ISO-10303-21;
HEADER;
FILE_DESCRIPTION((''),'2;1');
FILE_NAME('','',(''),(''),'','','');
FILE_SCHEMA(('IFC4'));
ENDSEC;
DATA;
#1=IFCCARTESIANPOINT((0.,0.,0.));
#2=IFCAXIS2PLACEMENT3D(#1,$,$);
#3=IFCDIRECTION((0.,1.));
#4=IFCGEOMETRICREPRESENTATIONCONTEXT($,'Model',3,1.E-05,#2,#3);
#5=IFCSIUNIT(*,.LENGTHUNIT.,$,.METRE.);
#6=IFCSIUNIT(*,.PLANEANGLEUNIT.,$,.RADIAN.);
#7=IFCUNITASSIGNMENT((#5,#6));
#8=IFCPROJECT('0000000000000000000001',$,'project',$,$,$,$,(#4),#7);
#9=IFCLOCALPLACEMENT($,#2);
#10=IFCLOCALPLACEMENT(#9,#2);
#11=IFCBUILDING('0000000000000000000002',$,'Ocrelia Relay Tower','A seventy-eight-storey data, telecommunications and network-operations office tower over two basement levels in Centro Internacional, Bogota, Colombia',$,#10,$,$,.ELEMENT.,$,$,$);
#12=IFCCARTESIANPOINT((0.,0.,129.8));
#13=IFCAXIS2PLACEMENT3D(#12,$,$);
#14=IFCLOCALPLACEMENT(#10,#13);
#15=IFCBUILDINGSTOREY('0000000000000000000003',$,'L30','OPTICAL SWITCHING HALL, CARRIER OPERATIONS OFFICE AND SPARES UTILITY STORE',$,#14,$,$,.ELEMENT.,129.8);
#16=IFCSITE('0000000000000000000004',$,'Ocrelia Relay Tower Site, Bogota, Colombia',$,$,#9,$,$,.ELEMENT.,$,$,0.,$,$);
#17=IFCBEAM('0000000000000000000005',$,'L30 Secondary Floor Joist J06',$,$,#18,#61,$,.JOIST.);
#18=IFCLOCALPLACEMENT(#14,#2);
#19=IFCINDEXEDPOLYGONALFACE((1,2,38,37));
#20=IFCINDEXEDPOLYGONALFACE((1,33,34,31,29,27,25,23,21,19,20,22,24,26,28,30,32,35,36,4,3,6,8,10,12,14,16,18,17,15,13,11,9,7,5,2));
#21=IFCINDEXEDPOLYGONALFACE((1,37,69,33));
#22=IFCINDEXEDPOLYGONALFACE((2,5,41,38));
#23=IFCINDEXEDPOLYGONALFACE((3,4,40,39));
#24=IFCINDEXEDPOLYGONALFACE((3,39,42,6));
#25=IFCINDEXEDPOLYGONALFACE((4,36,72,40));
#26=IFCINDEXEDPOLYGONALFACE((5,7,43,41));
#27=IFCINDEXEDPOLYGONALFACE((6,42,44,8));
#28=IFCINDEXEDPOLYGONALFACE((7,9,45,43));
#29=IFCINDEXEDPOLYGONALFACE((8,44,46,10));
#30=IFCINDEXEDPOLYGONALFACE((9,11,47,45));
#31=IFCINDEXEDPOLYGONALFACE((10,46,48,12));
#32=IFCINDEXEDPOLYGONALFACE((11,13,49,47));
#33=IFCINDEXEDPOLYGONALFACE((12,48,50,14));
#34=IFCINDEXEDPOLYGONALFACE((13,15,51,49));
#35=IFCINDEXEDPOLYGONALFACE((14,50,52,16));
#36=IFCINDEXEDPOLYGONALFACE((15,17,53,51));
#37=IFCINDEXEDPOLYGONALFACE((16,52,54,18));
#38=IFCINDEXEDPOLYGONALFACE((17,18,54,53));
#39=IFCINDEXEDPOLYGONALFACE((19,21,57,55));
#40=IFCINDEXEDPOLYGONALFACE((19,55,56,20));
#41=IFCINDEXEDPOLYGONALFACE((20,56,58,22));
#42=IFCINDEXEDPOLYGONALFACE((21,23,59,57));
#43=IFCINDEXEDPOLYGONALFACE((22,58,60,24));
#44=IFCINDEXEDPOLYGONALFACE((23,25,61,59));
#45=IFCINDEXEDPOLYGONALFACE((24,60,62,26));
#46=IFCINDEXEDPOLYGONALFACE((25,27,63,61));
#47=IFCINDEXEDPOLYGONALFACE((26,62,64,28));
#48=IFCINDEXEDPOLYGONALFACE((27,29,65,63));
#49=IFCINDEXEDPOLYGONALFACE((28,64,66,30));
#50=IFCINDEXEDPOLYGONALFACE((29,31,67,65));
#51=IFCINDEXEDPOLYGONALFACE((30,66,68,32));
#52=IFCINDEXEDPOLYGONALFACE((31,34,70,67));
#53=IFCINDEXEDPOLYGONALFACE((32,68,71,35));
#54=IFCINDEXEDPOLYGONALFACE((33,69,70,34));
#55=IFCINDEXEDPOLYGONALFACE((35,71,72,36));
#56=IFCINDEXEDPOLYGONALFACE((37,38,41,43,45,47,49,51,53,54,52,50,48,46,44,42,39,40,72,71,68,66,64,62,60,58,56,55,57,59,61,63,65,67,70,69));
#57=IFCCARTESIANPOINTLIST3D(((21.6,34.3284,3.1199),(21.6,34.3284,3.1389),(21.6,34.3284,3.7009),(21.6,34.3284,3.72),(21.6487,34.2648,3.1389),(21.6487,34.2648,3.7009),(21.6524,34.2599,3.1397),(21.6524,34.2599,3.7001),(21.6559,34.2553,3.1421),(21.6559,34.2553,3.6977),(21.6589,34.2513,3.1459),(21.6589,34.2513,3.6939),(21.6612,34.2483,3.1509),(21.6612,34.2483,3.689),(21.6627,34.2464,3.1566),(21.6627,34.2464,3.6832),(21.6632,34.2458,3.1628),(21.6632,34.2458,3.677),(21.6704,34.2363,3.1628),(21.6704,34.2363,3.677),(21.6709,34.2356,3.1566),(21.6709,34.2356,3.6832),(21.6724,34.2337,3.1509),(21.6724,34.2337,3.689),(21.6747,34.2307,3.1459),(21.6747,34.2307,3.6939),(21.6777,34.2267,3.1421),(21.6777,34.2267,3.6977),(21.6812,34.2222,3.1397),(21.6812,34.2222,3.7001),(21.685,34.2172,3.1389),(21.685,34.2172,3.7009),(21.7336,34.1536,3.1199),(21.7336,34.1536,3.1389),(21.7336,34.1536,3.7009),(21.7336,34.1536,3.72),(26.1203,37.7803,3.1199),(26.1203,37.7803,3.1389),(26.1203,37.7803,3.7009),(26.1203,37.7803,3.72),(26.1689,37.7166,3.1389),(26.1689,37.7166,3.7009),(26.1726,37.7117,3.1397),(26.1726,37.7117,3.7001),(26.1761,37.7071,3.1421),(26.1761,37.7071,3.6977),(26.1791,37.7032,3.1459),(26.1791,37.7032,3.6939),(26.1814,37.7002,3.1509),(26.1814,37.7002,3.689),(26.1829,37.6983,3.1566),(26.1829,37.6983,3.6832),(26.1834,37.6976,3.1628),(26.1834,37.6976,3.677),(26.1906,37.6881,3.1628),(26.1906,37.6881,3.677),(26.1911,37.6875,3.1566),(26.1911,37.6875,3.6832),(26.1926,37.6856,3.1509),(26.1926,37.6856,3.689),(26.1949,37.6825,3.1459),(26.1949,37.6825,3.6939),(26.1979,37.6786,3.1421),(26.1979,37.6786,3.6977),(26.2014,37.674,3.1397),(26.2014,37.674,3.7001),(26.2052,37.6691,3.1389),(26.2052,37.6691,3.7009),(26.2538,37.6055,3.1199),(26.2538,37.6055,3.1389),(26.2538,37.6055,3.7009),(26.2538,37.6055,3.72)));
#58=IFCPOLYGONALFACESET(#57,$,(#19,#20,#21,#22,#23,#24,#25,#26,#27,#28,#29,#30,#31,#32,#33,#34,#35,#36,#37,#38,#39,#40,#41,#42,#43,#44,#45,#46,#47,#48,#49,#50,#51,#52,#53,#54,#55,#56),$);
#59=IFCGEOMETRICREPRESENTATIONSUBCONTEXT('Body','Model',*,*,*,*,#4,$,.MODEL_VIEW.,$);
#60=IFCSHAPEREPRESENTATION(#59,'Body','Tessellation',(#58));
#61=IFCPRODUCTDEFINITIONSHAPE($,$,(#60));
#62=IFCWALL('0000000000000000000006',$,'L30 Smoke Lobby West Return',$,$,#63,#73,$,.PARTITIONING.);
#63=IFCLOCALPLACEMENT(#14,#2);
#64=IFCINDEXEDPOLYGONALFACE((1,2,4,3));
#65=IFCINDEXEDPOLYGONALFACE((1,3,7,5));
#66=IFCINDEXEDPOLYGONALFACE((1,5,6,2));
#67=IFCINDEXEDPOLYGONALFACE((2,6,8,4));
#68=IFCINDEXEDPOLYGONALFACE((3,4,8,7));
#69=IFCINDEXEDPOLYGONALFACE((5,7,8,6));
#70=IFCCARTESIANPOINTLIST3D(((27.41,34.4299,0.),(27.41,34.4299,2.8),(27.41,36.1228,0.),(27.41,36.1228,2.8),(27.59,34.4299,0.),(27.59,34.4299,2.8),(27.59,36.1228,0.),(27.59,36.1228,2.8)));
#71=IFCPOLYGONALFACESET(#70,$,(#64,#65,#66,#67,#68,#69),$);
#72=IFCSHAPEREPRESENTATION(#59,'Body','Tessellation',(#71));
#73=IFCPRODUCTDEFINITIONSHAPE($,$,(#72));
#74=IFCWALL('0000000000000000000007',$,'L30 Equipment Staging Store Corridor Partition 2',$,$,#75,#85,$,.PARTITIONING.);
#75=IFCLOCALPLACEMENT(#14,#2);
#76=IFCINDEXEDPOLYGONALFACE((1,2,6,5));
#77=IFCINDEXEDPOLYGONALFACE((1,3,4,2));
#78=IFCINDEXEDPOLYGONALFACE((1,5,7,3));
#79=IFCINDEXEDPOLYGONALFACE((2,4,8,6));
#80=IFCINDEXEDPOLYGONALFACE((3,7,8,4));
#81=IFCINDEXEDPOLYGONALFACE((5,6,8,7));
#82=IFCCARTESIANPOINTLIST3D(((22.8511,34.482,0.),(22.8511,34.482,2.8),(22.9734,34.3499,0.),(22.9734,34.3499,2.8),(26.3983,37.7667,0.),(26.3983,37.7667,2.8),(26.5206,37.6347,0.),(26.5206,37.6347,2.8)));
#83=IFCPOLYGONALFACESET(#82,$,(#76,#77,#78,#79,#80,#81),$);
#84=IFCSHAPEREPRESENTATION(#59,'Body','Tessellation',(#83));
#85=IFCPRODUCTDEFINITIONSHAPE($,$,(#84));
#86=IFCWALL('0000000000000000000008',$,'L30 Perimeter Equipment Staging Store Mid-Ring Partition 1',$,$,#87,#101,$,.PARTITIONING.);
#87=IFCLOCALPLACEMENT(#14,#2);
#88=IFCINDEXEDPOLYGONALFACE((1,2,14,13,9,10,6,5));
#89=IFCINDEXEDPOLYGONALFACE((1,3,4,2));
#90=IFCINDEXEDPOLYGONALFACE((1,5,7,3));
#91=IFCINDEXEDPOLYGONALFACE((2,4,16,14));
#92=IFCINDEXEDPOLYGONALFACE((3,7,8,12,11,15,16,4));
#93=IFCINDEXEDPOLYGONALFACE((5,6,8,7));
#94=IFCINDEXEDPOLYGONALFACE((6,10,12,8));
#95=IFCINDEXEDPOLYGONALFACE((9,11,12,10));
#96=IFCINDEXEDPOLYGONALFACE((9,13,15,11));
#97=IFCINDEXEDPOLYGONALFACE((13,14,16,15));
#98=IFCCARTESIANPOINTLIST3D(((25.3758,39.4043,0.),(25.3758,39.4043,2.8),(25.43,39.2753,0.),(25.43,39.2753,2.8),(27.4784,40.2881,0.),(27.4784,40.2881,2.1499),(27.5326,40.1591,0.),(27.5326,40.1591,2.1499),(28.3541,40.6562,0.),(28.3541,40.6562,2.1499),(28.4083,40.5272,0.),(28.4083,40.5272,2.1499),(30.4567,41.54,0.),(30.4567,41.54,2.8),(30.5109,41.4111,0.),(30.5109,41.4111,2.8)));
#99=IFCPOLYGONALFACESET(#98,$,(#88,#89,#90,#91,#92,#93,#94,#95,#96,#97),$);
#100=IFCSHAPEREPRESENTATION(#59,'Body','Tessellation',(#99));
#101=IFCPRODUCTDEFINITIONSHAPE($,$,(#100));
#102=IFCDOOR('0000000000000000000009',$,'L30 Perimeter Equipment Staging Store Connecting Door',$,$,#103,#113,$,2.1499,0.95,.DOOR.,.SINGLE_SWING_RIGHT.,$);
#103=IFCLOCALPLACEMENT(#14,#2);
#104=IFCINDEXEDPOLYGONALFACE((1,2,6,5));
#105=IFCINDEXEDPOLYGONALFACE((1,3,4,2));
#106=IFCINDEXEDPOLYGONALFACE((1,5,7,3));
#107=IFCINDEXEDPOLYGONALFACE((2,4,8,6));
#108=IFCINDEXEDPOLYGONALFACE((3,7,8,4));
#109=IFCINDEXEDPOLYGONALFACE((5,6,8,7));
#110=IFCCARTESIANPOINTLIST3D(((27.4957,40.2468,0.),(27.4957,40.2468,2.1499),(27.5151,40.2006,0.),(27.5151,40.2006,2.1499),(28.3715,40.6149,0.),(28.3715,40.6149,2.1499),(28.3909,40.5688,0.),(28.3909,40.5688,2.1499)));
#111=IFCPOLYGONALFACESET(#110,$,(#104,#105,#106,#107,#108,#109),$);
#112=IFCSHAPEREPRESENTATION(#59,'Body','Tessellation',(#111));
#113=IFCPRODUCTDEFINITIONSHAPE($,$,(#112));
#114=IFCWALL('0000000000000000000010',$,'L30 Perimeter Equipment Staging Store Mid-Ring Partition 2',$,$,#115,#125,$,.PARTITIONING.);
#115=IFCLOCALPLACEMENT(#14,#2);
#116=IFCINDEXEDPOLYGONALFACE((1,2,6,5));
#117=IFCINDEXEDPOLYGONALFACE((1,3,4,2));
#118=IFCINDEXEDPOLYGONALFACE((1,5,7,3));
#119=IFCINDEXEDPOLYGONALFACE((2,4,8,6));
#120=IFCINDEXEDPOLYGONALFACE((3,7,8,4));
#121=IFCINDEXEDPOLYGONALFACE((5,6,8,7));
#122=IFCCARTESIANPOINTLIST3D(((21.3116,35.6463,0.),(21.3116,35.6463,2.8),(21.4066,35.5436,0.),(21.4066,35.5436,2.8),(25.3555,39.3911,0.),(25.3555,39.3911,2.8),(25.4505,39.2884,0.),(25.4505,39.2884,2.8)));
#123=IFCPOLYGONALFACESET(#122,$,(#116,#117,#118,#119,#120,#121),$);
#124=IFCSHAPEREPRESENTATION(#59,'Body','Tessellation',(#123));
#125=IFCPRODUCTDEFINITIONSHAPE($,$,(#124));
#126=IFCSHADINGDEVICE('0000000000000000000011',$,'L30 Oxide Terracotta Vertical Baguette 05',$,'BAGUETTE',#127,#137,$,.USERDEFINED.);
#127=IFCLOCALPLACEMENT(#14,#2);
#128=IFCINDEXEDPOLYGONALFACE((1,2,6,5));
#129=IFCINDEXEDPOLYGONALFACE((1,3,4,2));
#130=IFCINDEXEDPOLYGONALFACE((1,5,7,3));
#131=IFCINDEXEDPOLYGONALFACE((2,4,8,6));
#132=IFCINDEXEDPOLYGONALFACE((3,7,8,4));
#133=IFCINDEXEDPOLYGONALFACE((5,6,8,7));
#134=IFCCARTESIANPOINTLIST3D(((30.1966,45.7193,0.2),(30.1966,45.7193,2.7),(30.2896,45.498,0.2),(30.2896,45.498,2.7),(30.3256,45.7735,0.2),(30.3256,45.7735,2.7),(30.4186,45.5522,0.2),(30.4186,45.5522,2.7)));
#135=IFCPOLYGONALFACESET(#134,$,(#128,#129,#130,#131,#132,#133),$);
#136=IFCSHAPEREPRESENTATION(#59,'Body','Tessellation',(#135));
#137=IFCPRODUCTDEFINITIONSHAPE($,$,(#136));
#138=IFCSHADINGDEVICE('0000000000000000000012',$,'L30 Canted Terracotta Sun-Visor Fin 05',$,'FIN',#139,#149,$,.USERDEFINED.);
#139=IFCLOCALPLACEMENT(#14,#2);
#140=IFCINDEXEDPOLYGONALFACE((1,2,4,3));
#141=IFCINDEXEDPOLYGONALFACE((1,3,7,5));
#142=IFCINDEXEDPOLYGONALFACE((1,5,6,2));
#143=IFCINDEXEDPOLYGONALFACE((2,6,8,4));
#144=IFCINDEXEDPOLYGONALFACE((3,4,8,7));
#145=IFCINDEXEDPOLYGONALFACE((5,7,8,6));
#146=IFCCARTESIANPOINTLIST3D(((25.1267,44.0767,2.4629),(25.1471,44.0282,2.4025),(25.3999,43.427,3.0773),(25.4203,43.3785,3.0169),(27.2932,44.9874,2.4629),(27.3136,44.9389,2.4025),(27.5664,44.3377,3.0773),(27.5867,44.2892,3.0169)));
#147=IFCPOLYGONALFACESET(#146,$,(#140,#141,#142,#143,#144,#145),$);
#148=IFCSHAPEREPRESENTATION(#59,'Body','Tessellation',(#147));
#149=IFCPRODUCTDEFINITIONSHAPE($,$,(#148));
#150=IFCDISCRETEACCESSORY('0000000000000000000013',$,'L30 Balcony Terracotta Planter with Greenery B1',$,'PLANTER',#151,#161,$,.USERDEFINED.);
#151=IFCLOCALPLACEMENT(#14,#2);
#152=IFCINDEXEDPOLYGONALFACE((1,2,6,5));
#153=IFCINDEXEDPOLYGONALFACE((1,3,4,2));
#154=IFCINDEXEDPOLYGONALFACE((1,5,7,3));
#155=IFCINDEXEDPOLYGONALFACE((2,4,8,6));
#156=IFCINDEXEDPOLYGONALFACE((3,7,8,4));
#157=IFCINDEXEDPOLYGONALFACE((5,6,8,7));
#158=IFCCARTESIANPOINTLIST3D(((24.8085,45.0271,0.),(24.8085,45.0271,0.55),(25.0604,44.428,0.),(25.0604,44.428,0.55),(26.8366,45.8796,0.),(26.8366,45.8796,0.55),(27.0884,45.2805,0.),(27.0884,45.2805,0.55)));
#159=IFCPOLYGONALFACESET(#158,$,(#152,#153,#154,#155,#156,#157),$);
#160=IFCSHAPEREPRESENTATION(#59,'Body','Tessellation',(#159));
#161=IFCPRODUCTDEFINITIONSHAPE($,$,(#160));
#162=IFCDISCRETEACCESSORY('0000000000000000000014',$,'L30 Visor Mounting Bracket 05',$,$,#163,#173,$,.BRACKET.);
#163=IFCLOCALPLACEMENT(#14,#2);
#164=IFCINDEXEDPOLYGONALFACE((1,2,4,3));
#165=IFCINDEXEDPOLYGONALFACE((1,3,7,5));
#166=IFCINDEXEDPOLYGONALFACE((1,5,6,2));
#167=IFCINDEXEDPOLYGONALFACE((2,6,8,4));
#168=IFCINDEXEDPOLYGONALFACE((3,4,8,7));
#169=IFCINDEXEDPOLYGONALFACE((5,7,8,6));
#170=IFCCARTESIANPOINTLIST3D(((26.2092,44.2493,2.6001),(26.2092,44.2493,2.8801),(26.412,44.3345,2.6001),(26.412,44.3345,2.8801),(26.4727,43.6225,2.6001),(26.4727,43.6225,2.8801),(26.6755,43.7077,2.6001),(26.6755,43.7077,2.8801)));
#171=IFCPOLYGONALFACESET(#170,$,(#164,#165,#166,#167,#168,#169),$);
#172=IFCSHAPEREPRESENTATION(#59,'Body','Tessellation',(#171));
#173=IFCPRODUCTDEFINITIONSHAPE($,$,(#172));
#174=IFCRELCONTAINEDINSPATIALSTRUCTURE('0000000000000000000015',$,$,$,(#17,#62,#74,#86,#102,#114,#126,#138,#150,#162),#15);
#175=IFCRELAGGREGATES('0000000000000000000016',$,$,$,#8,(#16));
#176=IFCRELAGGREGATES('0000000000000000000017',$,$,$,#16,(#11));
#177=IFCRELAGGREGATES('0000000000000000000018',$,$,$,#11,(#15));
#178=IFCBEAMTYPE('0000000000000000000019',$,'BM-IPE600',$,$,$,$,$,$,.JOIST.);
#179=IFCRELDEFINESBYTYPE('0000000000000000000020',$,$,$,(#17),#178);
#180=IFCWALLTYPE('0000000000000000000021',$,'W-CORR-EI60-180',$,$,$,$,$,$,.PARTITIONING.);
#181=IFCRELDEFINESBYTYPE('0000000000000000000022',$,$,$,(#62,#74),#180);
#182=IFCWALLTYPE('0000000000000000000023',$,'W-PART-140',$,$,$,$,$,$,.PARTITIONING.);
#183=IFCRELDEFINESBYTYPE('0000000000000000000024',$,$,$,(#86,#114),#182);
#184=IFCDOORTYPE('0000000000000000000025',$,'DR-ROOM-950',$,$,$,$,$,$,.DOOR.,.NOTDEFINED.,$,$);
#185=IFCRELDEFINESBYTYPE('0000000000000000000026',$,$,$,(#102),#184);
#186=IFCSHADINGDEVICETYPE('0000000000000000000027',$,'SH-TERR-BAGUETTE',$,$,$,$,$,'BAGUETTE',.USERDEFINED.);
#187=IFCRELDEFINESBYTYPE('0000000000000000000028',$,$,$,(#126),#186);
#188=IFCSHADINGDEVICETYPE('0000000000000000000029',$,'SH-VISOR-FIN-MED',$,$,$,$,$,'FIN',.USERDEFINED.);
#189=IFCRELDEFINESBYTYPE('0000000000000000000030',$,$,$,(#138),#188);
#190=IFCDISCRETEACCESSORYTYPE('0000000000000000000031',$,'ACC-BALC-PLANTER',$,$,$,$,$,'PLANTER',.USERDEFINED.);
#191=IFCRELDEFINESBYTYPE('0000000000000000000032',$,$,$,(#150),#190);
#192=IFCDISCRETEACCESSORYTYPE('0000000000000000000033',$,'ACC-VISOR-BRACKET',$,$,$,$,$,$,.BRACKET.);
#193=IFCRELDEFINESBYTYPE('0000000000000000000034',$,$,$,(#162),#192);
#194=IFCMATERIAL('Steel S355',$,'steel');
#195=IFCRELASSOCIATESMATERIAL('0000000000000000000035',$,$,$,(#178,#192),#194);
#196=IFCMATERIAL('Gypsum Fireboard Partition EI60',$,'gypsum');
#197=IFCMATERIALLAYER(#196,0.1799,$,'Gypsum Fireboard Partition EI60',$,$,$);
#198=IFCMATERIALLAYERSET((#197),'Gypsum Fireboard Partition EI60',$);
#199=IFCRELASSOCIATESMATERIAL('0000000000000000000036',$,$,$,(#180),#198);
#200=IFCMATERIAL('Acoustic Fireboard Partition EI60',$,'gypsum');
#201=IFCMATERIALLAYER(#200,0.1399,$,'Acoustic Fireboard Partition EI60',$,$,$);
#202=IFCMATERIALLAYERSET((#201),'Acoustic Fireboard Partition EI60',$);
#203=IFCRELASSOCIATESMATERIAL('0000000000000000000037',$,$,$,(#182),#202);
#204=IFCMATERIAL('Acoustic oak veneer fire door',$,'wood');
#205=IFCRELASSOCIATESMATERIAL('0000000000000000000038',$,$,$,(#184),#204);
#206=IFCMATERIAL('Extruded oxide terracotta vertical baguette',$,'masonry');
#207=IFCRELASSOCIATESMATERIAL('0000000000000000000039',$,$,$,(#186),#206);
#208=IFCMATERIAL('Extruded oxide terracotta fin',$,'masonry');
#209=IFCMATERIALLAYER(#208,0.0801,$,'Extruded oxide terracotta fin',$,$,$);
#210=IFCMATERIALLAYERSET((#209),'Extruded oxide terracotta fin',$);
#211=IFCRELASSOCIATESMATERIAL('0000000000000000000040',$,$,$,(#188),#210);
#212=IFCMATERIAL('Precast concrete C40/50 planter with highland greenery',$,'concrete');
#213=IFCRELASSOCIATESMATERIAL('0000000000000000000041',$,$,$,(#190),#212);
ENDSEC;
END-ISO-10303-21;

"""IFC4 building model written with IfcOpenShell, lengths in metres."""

from ifc_helpers import new_model, si_unit, direction, frame, frame_2d, origin, origin_2d, place, context, subcontext, project, spatial, rectangle, i_section, extrude, material, layer, layer_set, material_profile, profile_set, type_object, element, fill, save


model = new_model("IFC4")

# Units and contexts
model_context = context("Model", 3, precision=1e-05, world=origin(), true_north=direction((0.0, 1.0)))
body_context = subcontext(model_context, "Body", "Model", "MODEL_VIEW")
ifc_project = project(units=[si_unit("LENGTHUNIT", "METRE"), si_unit("PLANEANGLEUNIT", "RADIAN")], contexts=[model_context])

# Site, building, storey
site_placement = place(None, origin())
site = spatial("IfcSite", under=ifc_project, at=site_placement, Name="Ocrelia Relay Tower Site, Bogota, Colombia", CompositionType="ELEMENT", RefElevation=0.0)
building_placement = place(site_placement, origin())
building = spatial("IfcBuilding", under=site, at=building_placement, Name="Ocrelia Relay Tower", Description="A seventy-eight-storey data, telecommunications and network-operations office tower over two basement levels in Centro Internacional, Bogota, Colombia", CompositionType="ELEMENT")
storey_placement = place(building_placement, frame((0.0, 0.0, 129.8)))
storey = spatial("IfcBuildingStorey", under=building, at=storey_placement, Name="L30", Description="OPTICAL SWITCHING HALL, CARRIER OPERATIONS OFFICE AND SPARES UTILITY STORE", CompositionType="ELEMENT", Elevation=129.8)

# Beam
ifc_material_1 = material(Name="Steel S355", Category="steel")
ifc_material_profile_1 = material_profile(ifc_material_1, i_section(OverallWidth=0.22, OverallDepth=0.6001, WebThickness=0.012, FlangeThickness=0.019, FilletRadius=0.0239, at=origin_2d()), Name="IPE 600")
ifc_profile_set_1 = profile_set([ifc_material_profile_1], Name="Steel S355")
beam_type_1 = type_object("IfcBeamType", Name="BM-IPE600", PredefinedType="JOIST", material=ifc_profile_set_1)
beam_1_placement = place(storey_placement, frame((26.187, 37.6929, 3.4199), z_axis=(-0.794762, -0.606921, 0.0), x_axis=(0.606921, -0.794762, 0.0)))
element("IfcBeam", 1, at=beam_1_placement, inside=storey, type_object=beam_type_1, Name="L30 Secondary Floor Joist J06", PredefinedType="JOIST", context=body_context, shape_type="SweptSolid", body=[
    extrude(i_section(OverallWidth=0.22, OverallDepth=0.6001, WebThickness=0.012, FlangeThickness=0.019, FilletRadius=0.0239, at=origin_2d()), origin(), (0.0, 0.0, 1.0), 5.6875),
])

# Wall
ifc_material_2 = material(Name="Gypsum Fireboard Partition EI60", Category="gypsum")
ifc_layer_1 = layer(ifc_material_2, 0.1799, Name="Gypsum Fireboard Partition EI60")
ifc_layer_set_1 = layer_set([ifc_layer_1], Name="Gypsum Fireboard Partition EI60")
wall_type_1 = type_object("IfcWallType", Name="W-CORR-EI60-180", PredefinedType="PARTITIONING", material=ifc_layer_set_1)
wall_1_placement = place(storey_placement, frame((27.5, 34.4299, 0.0), z_axis=(0.0, 0.0, 1.0), x_axis=(0.0, 1.0, 0.0)))
element("IfcWall", 2, at=wall_1_placement, inside=storey, type_object=wall_type_1, Name="L30 Smoke Lobby West Return", PredefinedType="PARTITIONING", context=body_context, shape_type="SweptSolid", body=[
    extrude(rectangle(XDim=1.6929, YDim=0.1799, at=frame_2d((0.8464, 0.0))), origin(), (0.0, 0.0, 1.0), 2.8),
])

# Wall
wall_2_placement = place(storey_placement, frame((26.4595, 37.7007, 0.0), z_axis=(0.0, 0.0, 1.0), x_axis=(-0.73373, -0.679441, 0.0)))
element("IfcWall", 3, at=wall_2_placement, inside=storey, type_object=wall_type_1, Name="L30 Equipment Staging Store Corridor Partition 2", PredefinedType="PARTITIONING", context=body_context, shape_type="SweptSolid", body=[
    extrude(rectangle(XDim=4.8345, YDim=0.1799, at=frame_2d((2.4172, 0.0))), origin(), (0.0, 0.0, 1.0), 2.8),
])

# Wall, opening, door
ifc_material_3 = material(Name="Acoustic Fireboard Partition EI60", Category="gypsum")
ifc_layer_2 = layer(ifc_material_3, 0.1399, Name="Acoustic Fireboard Partition EI60")
ifc_layer_set_2 = layer_set([ifc_layer_2], Name="Acoustic Fireboard Partition EI60")
wall_type_2 = type_object("IfcWallType", Name="W-PART-140", PredefinedType="PARTITIONING", material=ifc_layer_set_2)
wall_3_placement = place(storey_placement, frame((30.4839, 41.4756, 0.0), z_axis=(0.0, 0.0, 1.0), x_axis=(-0.921865, -0.38751, 0.0)))
wall_3 = element("IfcWall", 4, at=wall_3_placement, inside=storey, type_object=wall_type_2, Name="L30 Perimeter Equipment Staging Store Mid-Ring Partition 1", PredefinedType="PARTITIONING", context=body_context, shape_type="SweptSolid", body=[
    extrude(rectangle(XDim=5.5115, YDim=0.1399, at=frame_2d((2.7559, 0.0))), origin(), (0.0, 0.0, 1.0), 2.8),
])
opening_1_placement = place(wall_3_placement, frame((2.2808, 0.0, 0.0)))
opening_1 = element("IfcOpeningElement", 5, at=opening_1_placement, cuts=wall_3, PredefinedType="OPENING", context=body_context, shape_type="SweptSolid", body=[
    extrude(rectangle(XDim=0.95, YDim=2.1499, at=frame_2d((0.4751, 1.075))), frame((0.0, 0.0801, 0.0), z_axis=(0.0, -1.0, 0.0), x_axis=(1.0, 0.0, 0.0)), (0.0, 0.0, 1.0), 0.1599),
])
ifc_material_4 = material(Name="Acoustic oak veneer fire door", Category="wood")
door_type_1 = type_object("IfcDoorType", Name="DR-ROOM-950", OperationType="NOTDEFINED", PredefinedType="DOOR", material=ifc_material_4)
door_1_placement = place(opening_1_placement, origin())
door_1 = element("IfcDoor", 6, at=door_1_placement, inside=storey, type_object=door_type_1, Name="L30 Perimeter Equipment Staging Store Connecting Door", OperationType="SINGLE_SWING_RIGHT", OverallHeight=2.1499, OverallWidth=0.95, PredefinedType="DOOR", context=body_context, shape_type="SweptSolid", body=[
    extrude(rectangle(XDim=0.95, YDim=2.1499, at=frame_2d((0.4751, 1.075))), frame((0.0, 0.0249, 0.0), z_axis=(0.0, -1.0, 0.0), x_axis=(1.0, 0.0, 0.0)), (0.0, 0.0, 1.0), 0.05),
])
fill(opening_1, door_1)

# Wall
wall_4_placement = place(storey_placement, frame((25.4031, 39.3398, 0.0), z_axis=(0.0, 0.0, 1.0), x_axis=(-0.733717, -0.679455, 0.0)))
element("IfcWall", 7, at=wall_4_placement, inside=storey, type_object=wall_type_2, Name="L30 Perimeter Equipment Staging Store Mid-Ring Partition 2", PredefinedType="PARTITIONING", context=body_context, shape_type="SweptSolid", body=[
    extrude(rectangle(XDim=5.5115, YDim=0.1399, at=frame_2d((2.7559, 0.0))), origin(), (0.0, 0.0, 1.0), 2.8),
])

# Shading devices
ifc_material_5 = material(Name="Extruded oxide terracotta vertical baguette", Category="masonry")
shading_device_type_1 = type_object("IfcShadingDeviceType", Name="SH-TERR-BAGUETTE", ElementType="BAGUETTE", PredefinedType="USERDEFINED", material=ifc_material_5)
shading_device_1_placement = place(storey_placement, frame((30.3076, 45.6357, 0.2), z_axis=(0.0, 0.0, 1.0), x_axis=(-0.921864, -0.387513, 0.0)))
element("IfcShadingDevice", 8, at=shading_device_1_placement, inside=storey, type_object=shading_device_type_1, Name="L30 Oxide Terracotta Vertical Baguette 05", ObjectType="BAGUETTE", PredefinedType="USERDEFINED", context=body_context, shape_type="SweptSolid", body=[
    extrude(rectangle(XDim=0.1399, YDim=0.24, at=origin_2d()), origin(), (0.0, 0.0, 1.0), 2.5),
])
ifc_material_6 = material(Name="Extruded oxide terracotta fin", Category="masonry")
ifc_layer_3 = layer(ifc_material_6, 0.0801, Name="Extruded oxide terracotta fin")
ifc_layer_set_3 = layer_set([ifc_layer_3], Name="Extruded oxide terracotta fin")
shading_device_type_2 = type_object("IfcShadingDeviceType", Name="SH-VISOR-FIN-MED", ElementType="FIN", PredefinedType="USERDEFINED", material=ifc_layer_set_3)
shading_device_2_placement = place(storey_placement, frame((26.3669, 44.1587, 2.7097), z_axis=(-0.25464, 0.605768, 0.753793), x_axis=(-0.921864, -0.387513, 0.0)))
element("IfcShadingDevice", 9, at=shading_device_2_placement, inside=storey, type_object=shading_device_type_2, Name="L30 Canted Terracotta Sun-Visor Fin 05", ObjectType="FIN", PredefinedType="USERDEFINED", context=body_context, shape_type="SweptSolid", body=[
    extrude(rectangle(XDim=2.3501, YDim=0.9351, at=origin_2d()), origin(), (0.0, 0.0, 1.0), 0.0801),
])

# Discrete accessories
ifc_material_7 = material(Name="Precast concrete C40/50 planter with highland greenery", Category="concrete")
discrete_accessory_type_1 = type_object("IfcDiscreteAccessoryType", Name="ACC-BALC-PLANTER", ElementType="PLANTER", PredefinedType="USERDEFINED", material=ifc_material_7)
discrete_accessory_1_placement = place(storey_placement, frame((25.9485, 45.1538, 0.0), z_axis=(0.0, 0.0, 1.0), x_axis=(0.921864, 0.387514, 0.0)))
element("IfcDiscreteAccessory", 10, at=discrete_accessory_1_placement, inside=storey, type_object=discrete_accessory_type_1, Name="L30 Balcony Terracotta Planter with Greenery B1", ObjectType="PLANTER", PredefinedType="USERDEFINED", context=body_context, shape_type="SweptSolid", body=[
    extrude(rectangle(XDim=2.2, YDim=0.6499, at=origin_2d()), origin(), (0.0, 0.0, 1.0), 0.55),
])
discrete_accessory_type_2 = type_object("IfcDiscreteAccessoryType", Name="ACC-VISOR-BRACKET", PredefinedType="BRACKET", material=ifc_material_1)
discrete_accessory_2_placement = place(storey_placement, frame((26.4424, 43.9785, 2.6001), z_axis=(0.0, 0.0, 1.0), x_axis=(-0.921864, -0.387513, 0.0)))
element("IfcDiscreteAccessory", 11, at=discrete_accessory_2_placement, inside=storey, type_object=discrete_accessory_type_2, Name="L30 Visor Mounting Bracket 05", PredefinedType="BRACKET", context=body_context, shape_type="SweptSolid", body=[
    extrude(rectangle(XDim=0.22, YDim=0.6799, at=origin_2d()), origin(), (0.0, 0.0, 1.0), 0.28),
])

save(model, "model.ifc")
